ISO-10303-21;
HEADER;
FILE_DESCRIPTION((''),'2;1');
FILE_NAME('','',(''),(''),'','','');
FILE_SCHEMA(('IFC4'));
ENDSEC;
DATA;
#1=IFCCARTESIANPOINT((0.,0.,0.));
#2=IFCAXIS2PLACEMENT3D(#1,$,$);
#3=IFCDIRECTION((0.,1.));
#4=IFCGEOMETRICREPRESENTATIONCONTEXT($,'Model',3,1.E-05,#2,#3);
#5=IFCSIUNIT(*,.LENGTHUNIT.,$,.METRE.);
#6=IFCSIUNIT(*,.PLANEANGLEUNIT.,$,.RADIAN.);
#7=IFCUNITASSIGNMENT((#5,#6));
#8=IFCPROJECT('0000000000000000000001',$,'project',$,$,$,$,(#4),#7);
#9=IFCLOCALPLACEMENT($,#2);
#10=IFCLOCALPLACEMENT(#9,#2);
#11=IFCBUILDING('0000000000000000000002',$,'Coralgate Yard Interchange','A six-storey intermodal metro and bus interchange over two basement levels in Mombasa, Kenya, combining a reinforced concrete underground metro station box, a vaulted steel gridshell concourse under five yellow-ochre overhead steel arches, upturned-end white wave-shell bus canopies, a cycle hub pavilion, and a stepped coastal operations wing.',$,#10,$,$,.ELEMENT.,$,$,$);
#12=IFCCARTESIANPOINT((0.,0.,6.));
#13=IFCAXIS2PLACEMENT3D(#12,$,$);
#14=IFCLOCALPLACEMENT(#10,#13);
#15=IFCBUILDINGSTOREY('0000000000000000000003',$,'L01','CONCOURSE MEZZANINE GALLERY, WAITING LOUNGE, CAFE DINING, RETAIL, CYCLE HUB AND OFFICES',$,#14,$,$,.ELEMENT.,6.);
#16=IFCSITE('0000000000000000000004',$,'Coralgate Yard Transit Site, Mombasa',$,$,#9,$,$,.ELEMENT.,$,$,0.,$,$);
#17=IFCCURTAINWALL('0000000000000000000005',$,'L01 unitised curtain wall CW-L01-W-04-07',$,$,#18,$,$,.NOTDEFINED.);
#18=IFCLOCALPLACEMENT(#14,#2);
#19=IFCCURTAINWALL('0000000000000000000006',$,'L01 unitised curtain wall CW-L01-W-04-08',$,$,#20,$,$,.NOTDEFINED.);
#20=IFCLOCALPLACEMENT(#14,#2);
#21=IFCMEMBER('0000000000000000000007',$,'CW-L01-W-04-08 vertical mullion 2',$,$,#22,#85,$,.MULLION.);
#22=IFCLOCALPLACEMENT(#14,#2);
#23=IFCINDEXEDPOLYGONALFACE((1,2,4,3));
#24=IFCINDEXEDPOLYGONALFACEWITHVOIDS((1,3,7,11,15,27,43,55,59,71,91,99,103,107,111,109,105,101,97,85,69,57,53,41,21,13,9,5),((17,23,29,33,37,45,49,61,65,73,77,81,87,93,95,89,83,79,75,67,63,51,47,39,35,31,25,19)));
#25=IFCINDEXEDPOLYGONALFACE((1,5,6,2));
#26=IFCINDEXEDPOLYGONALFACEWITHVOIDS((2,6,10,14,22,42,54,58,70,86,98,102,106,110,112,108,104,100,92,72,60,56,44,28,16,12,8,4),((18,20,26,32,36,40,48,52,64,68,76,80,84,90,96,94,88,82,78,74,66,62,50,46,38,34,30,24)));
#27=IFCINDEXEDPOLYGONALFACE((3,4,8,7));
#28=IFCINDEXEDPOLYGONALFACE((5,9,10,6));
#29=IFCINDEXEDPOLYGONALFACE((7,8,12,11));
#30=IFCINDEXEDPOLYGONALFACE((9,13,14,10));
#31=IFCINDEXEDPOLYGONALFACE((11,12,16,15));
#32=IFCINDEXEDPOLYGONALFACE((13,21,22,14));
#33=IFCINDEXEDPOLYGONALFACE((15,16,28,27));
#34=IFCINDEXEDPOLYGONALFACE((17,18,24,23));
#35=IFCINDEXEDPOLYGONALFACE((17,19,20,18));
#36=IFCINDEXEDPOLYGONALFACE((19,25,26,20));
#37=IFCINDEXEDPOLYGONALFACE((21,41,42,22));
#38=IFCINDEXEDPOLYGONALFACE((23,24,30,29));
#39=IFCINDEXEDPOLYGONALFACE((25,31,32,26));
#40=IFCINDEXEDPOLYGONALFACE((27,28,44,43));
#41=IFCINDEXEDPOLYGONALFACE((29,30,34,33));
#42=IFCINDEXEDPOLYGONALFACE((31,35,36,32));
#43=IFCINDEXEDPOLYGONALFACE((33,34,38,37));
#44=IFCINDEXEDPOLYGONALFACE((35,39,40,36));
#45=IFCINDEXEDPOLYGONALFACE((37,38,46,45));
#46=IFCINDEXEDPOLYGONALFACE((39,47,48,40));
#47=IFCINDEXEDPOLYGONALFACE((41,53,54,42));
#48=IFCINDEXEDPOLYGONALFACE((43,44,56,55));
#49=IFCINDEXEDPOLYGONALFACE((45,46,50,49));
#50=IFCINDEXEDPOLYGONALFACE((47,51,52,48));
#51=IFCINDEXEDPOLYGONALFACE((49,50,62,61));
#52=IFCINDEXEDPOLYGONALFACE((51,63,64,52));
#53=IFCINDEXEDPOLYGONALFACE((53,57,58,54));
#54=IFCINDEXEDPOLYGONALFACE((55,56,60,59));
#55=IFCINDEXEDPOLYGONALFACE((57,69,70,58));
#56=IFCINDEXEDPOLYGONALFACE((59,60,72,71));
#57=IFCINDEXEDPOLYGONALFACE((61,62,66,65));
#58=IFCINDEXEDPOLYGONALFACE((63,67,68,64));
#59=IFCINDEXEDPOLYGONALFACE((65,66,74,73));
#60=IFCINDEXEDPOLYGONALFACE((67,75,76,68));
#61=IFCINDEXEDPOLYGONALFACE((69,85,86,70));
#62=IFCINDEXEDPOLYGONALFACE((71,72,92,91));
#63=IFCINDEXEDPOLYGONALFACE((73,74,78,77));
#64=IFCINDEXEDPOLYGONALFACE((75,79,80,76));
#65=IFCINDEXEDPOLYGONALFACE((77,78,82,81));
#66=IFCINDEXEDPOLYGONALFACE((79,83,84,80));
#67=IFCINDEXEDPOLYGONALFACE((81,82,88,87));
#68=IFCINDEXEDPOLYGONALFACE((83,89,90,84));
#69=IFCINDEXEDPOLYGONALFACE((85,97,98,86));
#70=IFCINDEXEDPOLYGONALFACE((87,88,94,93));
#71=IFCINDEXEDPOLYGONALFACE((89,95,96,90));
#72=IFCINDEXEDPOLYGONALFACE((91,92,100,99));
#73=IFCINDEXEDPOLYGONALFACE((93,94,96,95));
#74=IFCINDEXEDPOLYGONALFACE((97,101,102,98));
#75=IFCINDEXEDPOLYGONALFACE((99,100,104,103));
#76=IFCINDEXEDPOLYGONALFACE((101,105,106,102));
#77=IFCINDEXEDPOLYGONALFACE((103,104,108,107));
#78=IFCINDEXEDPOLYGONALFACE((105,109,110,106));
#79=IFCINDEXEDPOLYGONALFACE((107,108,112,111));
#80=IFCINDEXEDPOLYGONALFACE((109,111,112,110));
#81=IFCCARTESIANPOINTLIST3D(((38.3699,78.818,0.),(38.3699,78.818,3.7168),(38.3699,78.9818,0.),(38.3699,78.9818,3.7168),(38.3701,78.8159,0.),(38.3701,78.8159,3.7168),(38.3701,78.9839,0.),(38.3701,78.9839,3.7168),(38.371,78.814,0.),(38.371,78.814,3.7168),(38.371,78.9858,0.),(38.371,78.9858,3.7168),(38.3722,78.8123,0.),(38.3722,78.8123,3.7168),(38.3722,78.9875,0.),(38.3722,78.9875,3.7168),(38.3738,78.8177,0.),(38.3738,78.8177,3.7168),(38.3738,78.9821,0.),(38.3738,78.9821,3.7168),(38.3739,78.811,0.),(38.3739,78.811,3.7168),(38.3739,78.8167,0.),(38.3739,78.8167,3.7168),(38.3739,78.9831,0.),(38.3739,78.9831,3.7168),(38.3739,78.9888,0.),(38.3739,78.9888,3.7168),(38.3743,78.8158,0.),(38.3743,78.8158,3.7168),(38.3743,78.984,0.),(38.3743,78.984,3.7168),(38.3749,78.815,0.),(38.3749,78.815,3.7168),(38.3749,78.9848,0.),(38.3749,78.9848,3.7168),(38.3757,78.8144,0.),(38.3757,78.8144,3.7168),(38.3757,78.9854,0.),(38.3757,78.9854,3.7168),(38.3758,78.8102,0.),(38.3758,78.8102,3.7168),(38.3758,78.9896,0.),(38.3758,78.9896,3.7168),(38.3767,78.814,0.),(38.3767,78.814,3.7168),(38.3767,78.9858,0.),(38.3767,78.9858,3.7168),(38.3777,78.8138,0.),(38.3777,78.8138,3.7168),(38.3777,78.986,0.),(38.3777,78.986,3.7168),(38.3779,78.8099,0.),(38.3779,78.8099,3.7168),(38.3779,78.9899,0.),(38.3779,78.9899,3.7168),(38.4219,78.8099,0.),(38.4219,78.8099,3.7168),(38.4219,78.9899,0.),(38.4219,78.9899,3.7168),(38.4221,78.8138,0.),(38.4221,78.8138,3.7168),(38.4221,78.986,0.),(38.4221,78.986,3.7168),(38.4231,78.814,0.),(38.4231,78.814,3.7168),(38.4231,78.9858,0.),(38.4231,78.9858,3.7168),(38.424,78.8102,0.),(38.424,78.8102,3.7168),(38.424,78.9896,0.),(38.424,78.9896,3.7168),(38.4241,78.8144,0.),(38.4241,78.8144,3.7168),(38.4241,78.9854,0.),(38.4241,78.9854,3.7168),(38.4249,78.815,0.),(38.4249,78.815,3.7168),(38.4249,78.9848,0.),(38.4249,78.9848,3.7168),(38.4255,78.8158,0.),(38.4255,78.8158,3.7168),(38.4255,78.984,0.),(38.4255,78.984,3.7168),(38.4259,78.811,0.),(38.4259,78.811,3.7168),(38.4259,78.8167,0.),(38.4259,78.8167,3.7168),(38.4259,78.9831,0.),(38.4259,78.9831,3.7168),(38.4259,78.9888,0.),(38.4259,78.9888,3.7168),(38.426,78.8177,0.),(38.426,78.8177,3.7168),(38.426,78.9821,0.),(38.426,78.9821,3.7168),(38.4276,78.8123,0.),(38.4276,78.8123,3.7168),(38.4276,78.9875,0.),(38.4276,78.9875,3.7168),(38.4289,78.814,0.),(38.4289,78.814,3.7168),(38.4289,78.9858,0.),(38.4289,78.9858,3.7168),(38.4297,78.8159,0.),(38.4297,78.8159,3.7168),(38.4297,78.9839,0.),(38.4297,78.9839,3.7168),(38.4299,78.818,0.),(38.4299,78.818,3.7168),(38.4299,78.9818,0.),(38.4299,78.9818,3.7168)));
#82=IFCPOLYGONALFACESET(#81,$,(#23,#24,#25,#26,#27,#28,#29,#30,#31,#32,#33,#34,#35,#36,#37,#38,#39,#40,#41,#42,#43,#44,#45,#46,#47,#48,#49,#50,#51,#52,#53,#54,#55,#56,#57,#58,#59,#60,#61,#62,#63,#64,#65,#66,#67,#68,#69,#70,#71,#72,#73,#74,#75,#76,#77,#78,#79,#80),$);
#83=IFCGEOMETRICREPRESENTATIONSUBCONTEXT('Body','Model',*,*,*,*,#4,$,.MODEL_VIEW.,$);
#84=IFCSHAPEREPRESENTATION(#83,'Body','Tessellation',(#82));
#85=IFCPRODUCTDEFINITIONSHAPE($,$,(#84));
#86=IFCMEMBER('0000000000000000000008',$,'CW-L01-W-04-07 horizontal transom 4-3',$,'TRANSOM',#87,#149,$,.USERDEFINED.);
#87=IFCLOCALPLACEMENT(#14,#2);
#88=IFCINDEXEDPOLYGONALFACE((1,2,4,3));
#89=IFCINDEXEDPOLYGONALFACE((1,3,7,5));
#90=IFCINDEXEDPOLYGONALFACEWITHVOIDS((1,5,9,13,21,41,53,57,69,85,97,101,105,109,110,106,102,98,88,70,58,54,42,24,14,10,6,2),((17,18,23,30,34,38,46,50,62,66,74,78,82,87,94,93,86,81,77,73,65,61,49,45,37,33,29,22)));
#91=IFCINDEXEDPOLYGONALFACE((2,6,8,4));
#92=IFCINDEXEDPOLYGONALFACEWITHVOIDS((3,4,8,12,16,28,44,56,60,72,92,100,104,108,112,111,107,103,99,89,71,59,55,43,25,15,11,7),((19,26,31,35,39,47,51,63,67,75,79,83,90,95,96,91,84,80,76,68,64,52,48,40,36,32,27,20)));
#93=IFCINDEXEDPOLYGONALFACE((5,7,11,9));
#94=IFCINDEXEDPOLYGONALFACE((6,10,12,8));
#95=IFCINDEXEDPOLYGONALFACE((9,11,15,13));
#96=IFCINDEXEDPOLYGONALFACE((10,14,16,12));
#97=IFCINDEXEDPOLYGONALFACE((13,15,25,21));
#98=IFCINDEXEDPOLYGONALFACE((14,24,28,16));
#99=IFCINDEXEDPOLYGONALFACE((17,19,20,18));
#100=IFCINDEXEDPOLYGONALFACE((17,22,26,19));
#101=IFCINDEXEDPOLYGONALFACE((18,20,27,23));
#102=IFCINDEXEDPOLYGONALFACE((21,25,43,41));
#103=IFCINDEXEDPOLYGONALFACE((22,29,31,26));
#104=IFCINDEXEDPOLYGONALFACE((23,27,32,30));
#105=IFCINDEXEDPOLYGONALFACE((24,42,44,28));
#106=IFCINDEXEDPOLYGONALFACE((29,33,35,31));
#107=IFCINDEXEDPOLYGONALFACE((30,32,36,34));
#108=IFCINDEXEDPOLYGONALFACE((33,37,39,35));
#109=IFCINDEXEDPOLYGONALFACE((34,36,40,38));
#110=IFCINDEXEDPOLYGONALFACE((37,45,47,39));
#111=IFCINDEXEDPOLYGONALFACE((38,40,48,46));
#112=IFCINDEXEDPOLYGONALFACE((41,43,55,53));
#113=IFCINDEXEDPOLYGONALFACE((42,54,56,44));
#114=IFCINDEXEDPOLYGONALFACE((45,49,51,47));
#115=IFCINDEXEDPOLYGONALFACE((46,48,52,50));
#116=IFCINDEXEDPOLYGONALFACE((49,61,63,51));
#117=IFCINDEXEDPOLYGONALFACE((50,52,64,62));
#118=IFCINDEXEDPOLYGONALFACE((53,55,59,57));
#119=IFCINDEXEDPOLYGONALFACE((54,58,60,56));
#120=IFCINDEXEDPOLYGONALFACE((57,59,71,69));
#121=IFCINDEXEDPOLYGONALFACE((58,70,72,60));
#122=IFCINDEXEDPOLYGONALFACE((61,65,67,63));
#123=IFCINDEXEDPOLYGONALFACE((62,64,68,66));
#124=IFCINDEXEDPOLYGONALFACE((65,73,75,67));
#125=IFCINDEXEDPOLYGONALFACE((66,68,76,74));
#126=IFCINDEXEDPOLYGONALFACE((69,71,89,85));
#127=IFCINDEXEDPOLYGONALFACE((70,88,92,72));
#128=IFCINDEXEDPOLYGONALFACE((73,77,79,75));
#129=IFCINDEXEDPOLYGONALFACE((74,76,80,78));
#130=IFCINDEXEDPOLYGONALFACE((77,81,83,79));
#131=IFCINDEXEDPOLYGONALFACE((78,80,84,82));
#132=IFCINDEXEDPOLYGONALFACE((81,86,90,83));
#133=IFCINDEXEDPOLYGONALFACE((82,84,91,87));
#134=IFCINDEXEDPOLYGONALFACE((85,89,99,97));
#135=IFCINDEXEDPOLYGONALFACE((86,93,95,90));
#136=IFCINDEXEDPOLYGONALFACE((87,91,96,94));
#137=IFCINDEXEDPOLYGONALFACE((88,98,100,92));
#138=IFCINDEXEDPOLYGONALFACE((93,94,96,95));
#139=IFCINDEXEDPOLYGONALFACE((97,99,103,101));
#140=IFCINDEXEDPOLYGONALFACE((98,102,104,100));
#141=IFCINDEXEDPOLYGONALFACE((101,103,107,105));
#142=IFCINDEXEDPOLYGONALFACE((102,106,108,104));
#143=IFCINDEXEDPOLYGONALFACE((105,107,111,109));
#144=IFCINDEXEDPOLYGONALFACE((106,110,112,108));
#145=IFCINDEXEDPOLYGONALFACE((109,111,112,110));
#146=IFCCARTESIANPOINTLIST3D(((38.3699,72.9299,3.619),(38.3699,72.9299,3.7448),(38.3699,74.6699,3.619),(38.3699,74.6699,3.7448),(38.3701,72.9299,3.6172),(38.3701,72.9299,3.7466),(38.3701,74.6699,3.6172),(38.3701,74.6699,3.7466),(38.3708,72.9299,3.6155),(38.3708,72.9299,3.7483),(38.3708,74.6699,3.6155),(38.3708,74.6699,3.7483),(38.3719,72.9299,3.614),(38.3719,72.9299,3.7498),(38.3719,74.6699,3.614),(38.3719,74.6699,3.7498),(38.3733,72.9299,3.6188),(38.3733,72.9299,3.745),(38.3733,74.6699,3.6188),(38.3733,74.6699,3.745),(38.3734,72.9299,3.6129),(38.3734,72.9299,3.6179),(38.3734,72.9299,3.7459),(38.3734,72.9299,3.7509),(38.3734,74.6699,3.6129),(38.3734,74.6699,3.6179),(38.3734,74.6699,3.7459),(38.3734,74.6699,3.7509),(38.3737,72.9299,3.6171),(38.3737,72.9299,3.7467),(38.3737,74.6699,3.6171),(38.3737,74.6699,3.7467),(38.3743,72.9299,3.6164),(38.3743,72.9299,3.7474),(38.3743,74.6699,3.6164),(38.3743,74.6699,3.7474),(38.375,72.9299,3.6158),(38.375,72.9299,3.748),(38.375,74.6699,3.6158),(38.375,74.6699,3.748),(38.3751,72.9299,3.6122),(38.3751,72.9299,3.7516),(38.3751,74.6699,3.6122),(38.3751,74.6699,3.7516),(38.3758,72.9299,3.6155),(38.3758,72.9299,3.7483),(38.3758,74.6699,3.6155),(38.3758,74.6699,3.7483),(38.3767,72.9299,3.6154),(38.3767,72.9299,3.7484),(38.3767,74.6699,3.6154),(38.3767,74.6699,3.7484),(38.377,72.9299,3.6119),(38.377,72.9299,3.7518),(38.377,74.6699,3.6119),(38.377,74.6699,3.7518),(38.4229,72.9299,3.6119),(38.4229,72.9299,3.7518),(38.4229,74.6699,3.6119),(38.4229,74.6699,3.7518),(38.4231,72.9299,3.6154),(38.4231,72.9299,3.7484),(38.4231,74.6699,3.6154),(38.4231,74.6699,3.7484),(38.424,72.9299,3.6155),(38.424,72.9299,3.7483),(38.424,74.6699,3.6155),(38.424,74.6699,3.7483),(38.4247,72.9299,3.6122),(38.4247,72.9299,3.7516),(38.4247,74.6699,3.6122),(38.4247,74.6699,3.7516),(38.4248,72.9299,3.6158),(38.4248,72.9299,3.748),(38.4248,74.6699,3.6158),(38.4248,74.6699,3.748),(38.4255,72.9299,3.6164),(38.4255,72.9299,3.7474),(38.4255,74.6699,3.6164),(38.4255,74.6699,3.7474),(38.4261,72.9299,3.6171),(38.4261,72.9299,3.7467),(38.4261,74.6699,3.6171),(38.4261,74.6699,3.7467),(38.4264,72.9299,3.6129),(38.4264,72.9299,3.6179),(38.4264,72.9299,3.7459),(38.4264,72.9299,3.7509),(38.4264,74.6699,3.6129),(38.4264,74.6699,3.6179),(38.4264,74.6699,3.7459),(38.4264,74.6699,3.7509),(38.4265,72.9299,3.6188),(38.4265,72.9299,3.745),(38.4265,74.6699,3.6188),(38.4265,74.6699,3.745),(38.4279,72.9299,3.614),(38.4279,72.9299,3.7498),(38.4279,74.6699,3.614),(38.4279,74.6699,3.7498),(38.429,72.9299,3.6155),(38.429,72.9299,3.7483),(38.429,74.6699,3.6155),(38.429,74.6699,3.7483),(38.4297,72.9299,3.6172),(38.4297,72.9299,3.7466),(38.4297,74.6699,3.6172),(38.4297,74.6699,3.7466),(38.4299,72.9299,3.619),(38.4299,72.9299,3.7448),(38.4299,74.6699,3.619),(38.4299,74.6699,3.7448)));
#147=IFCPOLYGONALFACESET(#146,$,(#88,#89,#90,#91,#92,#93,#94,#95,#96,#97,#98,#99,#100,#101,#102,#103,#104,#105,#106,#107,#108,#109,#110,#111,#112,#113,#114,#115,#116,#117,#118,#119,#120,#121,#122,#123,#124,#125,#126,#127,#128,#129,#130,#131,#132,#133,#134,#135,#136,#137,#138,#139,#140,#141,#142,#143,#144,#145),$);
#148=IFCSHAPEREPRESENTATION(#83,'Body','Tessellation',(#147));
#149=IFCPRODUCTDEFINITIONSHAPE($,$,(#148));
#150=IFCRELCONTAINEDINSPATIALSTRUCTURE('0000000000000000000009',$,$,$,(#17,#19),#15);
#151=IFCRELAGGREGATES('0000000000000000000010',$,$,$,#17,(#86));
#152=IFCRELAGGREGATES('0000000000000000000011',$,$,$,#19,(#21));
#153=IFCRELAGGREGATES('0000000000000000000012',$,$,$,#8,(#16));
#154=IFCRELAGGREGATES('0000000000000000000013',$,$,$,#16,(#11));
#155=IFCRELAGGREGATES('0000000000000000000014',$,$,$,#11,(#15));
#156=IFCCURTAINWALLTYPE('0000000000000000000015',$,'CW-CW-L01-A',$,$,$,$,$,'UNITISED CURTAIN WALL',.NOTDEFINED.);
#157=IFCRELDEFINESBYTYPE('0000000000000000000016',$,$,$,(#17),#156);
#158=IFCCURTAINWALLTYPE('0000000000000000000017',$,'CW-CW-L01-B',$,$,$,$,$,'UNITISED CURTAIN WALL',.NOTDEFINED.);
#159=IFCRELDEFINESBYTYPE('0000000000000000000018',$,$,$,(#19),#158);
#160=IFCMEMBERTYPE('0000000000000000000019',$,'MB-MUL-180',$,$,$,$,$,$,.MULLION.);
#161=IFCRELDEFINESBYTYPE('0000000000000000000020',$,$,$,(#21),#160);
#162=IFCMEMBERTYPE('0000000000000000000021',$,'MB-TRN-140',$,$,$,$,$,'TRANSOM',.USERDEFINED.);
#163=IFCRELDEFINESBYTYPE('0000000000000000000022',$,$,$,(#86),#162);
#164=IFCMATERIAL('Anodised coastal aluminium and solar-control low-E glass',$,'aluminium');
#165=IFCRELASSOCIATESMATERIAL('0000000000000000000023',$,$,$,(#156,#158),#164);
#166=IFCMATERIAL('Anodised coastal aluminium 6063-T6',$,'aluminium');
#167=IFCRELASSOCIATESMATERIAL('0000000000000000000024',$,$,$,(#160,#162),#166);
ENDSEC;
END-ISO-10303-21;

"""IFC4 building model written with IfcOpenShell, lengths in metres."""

from ifc_helpers import new_model, si_unit, direction, frame, origin, origin_2d, place, context, subcontext, project, spatial, hollow_rectangle, extrude, material, material_profile, profile_set, type_object, element, aggregate, save


model = new_model("IFC4")

# Units and contexts
model_context = context("Model", 3, precision=1e-05, world=origin(), true_north=direction((0.0, 1.0)))
body_context = subcontext(model_context, "Body", "Model", "MODEL_VIEW")
ifc_project = project(units=[si_unit("LENGTHUNIT", "METRE"), si_unit("PLANEANGLEUNIT", "RADIAN")], contexts=[model_context])

# Site, building, storey
site_placement = place(None, origin())
site = spatial("IfcSite", under=ifc_project, at=site_placement, Name="Coralgate Yard Transit Site, Mombasa", CompositionType="ELEMENT", RefElevation=0.0)
building_placement = place(site_placement, origin())
building = spatial("IfcBuilding", under=site, at=building_placement, Name="Coralgate Yard Interchange", Description="A six-storey intermodal metro and bus interchange over two basement levels in Mombasa, Kenya, combining a reinforced concrete underground metro station box, a vaulted steel gridshell concourse under five yellow-ochre overhead steel arches, upturned-end white wave-shell bus canopies, a cycle hub pavilion, and a stepped coastal operations wing.", CompositionType="ELEMENT")
storey_placement = place(building_placement, frame((0.0, 0.0, 6.0)))
storey = spatial("IfcBuildingStorey", under=building, at=storey_placement, Name="L01", Description="CONCOURSE MEZZANINE GALLERY, WAITING LOUNGE, CAFE DINING, RETAIL, CYCLE HUB AND OFFICES", CompositionType="ELEMENT", Elevation=6.0)

# Curtain walls, member
ifc_material_1 = material(Name="Anodised coastal aluminium and solar-control low-E glass", Category="aluminium")
curtain_wall_type_1 = type_object("IfcCurtainWallType", Name="CW-CW-L01-A", ElementType="UNITISED CURTAIN WALL", PredefinedType="NOTDEFINED", material=ifc_material_1)
curtain_wall_1_placement = place(storey_placement, origin())
curtain_wall_1 = element("IfcCurtainWall", 1, at=curtain_wall_1_placement, inside=storey, type_object=curtain_wall_type_1, Name="L01 unitised curtain wall CW-L01-W-04-07", PredefinedType="NOTDEFINED")
ifc_material_2 = material(Name="Anodised coastal aluminium 6063-T6", Category="aluminium")
ifc_material_profile_1 = material_profile(ifc_material_2, hollow_rectangle(XDim=0.0601, YDim=0.1799, WallThickness=0.0039, InnerFilletRadius=0.0039, OuterFilletRadius=0.0081, at=origin_2d()), Name="ALU 60x180x4")
ifc_profile_set_1 = profile_set([ifc_material_profile_1], Name="Anodised coastal aluminium 6063-T6")
member_type_1 = type_object("IfcMemberType", Name="MB-MUL-180", PredefinedType="MULLION", material=ifc_profile_set_1)
curtain_wall_type_2 = type_object("IfcCurtainWallType", Name="CW-CW-L01-B", ElementType="UNITISED CURTAIN WALL", PredefinedType="NOTDEFINED", material=ifc_material_1)
curtain_wall_2_placement = place(storey_placement, origin())
curtain_wall_2 = element("IfcCurtainWall", 2, at=curtain_wall_2_placement, inside=storey, type_object=curtain_wall_type_2, Name="L01 unitised curtain wall CW-L01-W-04-08", PredefinedType="NOTDEFINED")
member_1_placement = place(storey_placement, frame((38.3999, 78.8999, 0.0), z_axis=(0.0, 0.0, 1.0), x_axis=(1.0, 0.0, 0.0)))
member_1 = element("IfcMember", 3, at=member_1_placement, type_object=member_type_1, Name="CW-L01-W-04-08 vertical mullion 2", PredefinedType="MULLION", context=body_context, shape_type="SweptSolid", body=[
    extrude(hollow_rectangle(XDim=0.0601, YDim=0.1799, WallThickness=0.0039, InnerFilletRadius=0.0039, OuterFilletRadius=0.0081, at=origin_2d()), origin(), (0.0, 0.0, 1.0), 3.7168),
])

# Member
ifc_material_profile_2 = material_profile(ifc_material_2, hollow_rectangle(XDim=0.0601, YDim=0.1399, WallThickness=0.0034, InnerFilletRadius=0.0034, OuterFilletRadius=0.0071, at=origin_2d()), Name="ALU 60x140x3.5")
ifc_profile_set_2 = profile_set([ifc_material_profile_2], Name="Anodised coastal aluminium 6063-T6")
member_type_2 = type_object("IfcMemberType", Name="MB-TRN-140", ElementType="TRANSOM", PredefinedType="USERDEFINED", material=ifc_profile_set_2)
member_2_placement = place(storey_placement, frame((38.3999, 72.9299, 3.6819), z_axis=(0.0, 1.0, 0.0), x_axis=(-1.0, 0.0, 0.0)))
member_2 = element("IfcMember", 4, at=member_2_placement, type_object=member_type_2, Name="CW-L01-W-04-07 horizontal transom 4-3", ObjectType="TRANSOM", PredefinedType="USERDEFINED", context=body_context, shape_type="SweptSolid", body=[
    extrude(hollow_rectangle(XDim=0.0601, YDim=0.1399, WallThickness=0.0034, InnerFilletRadius=0.0034, OuterFilletRadius=0.0071, at=origin_2d()), origin(), (0.0, 0.0, 1.0), 1.74),
])

aggregate(curtain_wall_1, [member_2])
aggregate(curtain_wall_2, [member_1])

save(model, "model.ifc")
